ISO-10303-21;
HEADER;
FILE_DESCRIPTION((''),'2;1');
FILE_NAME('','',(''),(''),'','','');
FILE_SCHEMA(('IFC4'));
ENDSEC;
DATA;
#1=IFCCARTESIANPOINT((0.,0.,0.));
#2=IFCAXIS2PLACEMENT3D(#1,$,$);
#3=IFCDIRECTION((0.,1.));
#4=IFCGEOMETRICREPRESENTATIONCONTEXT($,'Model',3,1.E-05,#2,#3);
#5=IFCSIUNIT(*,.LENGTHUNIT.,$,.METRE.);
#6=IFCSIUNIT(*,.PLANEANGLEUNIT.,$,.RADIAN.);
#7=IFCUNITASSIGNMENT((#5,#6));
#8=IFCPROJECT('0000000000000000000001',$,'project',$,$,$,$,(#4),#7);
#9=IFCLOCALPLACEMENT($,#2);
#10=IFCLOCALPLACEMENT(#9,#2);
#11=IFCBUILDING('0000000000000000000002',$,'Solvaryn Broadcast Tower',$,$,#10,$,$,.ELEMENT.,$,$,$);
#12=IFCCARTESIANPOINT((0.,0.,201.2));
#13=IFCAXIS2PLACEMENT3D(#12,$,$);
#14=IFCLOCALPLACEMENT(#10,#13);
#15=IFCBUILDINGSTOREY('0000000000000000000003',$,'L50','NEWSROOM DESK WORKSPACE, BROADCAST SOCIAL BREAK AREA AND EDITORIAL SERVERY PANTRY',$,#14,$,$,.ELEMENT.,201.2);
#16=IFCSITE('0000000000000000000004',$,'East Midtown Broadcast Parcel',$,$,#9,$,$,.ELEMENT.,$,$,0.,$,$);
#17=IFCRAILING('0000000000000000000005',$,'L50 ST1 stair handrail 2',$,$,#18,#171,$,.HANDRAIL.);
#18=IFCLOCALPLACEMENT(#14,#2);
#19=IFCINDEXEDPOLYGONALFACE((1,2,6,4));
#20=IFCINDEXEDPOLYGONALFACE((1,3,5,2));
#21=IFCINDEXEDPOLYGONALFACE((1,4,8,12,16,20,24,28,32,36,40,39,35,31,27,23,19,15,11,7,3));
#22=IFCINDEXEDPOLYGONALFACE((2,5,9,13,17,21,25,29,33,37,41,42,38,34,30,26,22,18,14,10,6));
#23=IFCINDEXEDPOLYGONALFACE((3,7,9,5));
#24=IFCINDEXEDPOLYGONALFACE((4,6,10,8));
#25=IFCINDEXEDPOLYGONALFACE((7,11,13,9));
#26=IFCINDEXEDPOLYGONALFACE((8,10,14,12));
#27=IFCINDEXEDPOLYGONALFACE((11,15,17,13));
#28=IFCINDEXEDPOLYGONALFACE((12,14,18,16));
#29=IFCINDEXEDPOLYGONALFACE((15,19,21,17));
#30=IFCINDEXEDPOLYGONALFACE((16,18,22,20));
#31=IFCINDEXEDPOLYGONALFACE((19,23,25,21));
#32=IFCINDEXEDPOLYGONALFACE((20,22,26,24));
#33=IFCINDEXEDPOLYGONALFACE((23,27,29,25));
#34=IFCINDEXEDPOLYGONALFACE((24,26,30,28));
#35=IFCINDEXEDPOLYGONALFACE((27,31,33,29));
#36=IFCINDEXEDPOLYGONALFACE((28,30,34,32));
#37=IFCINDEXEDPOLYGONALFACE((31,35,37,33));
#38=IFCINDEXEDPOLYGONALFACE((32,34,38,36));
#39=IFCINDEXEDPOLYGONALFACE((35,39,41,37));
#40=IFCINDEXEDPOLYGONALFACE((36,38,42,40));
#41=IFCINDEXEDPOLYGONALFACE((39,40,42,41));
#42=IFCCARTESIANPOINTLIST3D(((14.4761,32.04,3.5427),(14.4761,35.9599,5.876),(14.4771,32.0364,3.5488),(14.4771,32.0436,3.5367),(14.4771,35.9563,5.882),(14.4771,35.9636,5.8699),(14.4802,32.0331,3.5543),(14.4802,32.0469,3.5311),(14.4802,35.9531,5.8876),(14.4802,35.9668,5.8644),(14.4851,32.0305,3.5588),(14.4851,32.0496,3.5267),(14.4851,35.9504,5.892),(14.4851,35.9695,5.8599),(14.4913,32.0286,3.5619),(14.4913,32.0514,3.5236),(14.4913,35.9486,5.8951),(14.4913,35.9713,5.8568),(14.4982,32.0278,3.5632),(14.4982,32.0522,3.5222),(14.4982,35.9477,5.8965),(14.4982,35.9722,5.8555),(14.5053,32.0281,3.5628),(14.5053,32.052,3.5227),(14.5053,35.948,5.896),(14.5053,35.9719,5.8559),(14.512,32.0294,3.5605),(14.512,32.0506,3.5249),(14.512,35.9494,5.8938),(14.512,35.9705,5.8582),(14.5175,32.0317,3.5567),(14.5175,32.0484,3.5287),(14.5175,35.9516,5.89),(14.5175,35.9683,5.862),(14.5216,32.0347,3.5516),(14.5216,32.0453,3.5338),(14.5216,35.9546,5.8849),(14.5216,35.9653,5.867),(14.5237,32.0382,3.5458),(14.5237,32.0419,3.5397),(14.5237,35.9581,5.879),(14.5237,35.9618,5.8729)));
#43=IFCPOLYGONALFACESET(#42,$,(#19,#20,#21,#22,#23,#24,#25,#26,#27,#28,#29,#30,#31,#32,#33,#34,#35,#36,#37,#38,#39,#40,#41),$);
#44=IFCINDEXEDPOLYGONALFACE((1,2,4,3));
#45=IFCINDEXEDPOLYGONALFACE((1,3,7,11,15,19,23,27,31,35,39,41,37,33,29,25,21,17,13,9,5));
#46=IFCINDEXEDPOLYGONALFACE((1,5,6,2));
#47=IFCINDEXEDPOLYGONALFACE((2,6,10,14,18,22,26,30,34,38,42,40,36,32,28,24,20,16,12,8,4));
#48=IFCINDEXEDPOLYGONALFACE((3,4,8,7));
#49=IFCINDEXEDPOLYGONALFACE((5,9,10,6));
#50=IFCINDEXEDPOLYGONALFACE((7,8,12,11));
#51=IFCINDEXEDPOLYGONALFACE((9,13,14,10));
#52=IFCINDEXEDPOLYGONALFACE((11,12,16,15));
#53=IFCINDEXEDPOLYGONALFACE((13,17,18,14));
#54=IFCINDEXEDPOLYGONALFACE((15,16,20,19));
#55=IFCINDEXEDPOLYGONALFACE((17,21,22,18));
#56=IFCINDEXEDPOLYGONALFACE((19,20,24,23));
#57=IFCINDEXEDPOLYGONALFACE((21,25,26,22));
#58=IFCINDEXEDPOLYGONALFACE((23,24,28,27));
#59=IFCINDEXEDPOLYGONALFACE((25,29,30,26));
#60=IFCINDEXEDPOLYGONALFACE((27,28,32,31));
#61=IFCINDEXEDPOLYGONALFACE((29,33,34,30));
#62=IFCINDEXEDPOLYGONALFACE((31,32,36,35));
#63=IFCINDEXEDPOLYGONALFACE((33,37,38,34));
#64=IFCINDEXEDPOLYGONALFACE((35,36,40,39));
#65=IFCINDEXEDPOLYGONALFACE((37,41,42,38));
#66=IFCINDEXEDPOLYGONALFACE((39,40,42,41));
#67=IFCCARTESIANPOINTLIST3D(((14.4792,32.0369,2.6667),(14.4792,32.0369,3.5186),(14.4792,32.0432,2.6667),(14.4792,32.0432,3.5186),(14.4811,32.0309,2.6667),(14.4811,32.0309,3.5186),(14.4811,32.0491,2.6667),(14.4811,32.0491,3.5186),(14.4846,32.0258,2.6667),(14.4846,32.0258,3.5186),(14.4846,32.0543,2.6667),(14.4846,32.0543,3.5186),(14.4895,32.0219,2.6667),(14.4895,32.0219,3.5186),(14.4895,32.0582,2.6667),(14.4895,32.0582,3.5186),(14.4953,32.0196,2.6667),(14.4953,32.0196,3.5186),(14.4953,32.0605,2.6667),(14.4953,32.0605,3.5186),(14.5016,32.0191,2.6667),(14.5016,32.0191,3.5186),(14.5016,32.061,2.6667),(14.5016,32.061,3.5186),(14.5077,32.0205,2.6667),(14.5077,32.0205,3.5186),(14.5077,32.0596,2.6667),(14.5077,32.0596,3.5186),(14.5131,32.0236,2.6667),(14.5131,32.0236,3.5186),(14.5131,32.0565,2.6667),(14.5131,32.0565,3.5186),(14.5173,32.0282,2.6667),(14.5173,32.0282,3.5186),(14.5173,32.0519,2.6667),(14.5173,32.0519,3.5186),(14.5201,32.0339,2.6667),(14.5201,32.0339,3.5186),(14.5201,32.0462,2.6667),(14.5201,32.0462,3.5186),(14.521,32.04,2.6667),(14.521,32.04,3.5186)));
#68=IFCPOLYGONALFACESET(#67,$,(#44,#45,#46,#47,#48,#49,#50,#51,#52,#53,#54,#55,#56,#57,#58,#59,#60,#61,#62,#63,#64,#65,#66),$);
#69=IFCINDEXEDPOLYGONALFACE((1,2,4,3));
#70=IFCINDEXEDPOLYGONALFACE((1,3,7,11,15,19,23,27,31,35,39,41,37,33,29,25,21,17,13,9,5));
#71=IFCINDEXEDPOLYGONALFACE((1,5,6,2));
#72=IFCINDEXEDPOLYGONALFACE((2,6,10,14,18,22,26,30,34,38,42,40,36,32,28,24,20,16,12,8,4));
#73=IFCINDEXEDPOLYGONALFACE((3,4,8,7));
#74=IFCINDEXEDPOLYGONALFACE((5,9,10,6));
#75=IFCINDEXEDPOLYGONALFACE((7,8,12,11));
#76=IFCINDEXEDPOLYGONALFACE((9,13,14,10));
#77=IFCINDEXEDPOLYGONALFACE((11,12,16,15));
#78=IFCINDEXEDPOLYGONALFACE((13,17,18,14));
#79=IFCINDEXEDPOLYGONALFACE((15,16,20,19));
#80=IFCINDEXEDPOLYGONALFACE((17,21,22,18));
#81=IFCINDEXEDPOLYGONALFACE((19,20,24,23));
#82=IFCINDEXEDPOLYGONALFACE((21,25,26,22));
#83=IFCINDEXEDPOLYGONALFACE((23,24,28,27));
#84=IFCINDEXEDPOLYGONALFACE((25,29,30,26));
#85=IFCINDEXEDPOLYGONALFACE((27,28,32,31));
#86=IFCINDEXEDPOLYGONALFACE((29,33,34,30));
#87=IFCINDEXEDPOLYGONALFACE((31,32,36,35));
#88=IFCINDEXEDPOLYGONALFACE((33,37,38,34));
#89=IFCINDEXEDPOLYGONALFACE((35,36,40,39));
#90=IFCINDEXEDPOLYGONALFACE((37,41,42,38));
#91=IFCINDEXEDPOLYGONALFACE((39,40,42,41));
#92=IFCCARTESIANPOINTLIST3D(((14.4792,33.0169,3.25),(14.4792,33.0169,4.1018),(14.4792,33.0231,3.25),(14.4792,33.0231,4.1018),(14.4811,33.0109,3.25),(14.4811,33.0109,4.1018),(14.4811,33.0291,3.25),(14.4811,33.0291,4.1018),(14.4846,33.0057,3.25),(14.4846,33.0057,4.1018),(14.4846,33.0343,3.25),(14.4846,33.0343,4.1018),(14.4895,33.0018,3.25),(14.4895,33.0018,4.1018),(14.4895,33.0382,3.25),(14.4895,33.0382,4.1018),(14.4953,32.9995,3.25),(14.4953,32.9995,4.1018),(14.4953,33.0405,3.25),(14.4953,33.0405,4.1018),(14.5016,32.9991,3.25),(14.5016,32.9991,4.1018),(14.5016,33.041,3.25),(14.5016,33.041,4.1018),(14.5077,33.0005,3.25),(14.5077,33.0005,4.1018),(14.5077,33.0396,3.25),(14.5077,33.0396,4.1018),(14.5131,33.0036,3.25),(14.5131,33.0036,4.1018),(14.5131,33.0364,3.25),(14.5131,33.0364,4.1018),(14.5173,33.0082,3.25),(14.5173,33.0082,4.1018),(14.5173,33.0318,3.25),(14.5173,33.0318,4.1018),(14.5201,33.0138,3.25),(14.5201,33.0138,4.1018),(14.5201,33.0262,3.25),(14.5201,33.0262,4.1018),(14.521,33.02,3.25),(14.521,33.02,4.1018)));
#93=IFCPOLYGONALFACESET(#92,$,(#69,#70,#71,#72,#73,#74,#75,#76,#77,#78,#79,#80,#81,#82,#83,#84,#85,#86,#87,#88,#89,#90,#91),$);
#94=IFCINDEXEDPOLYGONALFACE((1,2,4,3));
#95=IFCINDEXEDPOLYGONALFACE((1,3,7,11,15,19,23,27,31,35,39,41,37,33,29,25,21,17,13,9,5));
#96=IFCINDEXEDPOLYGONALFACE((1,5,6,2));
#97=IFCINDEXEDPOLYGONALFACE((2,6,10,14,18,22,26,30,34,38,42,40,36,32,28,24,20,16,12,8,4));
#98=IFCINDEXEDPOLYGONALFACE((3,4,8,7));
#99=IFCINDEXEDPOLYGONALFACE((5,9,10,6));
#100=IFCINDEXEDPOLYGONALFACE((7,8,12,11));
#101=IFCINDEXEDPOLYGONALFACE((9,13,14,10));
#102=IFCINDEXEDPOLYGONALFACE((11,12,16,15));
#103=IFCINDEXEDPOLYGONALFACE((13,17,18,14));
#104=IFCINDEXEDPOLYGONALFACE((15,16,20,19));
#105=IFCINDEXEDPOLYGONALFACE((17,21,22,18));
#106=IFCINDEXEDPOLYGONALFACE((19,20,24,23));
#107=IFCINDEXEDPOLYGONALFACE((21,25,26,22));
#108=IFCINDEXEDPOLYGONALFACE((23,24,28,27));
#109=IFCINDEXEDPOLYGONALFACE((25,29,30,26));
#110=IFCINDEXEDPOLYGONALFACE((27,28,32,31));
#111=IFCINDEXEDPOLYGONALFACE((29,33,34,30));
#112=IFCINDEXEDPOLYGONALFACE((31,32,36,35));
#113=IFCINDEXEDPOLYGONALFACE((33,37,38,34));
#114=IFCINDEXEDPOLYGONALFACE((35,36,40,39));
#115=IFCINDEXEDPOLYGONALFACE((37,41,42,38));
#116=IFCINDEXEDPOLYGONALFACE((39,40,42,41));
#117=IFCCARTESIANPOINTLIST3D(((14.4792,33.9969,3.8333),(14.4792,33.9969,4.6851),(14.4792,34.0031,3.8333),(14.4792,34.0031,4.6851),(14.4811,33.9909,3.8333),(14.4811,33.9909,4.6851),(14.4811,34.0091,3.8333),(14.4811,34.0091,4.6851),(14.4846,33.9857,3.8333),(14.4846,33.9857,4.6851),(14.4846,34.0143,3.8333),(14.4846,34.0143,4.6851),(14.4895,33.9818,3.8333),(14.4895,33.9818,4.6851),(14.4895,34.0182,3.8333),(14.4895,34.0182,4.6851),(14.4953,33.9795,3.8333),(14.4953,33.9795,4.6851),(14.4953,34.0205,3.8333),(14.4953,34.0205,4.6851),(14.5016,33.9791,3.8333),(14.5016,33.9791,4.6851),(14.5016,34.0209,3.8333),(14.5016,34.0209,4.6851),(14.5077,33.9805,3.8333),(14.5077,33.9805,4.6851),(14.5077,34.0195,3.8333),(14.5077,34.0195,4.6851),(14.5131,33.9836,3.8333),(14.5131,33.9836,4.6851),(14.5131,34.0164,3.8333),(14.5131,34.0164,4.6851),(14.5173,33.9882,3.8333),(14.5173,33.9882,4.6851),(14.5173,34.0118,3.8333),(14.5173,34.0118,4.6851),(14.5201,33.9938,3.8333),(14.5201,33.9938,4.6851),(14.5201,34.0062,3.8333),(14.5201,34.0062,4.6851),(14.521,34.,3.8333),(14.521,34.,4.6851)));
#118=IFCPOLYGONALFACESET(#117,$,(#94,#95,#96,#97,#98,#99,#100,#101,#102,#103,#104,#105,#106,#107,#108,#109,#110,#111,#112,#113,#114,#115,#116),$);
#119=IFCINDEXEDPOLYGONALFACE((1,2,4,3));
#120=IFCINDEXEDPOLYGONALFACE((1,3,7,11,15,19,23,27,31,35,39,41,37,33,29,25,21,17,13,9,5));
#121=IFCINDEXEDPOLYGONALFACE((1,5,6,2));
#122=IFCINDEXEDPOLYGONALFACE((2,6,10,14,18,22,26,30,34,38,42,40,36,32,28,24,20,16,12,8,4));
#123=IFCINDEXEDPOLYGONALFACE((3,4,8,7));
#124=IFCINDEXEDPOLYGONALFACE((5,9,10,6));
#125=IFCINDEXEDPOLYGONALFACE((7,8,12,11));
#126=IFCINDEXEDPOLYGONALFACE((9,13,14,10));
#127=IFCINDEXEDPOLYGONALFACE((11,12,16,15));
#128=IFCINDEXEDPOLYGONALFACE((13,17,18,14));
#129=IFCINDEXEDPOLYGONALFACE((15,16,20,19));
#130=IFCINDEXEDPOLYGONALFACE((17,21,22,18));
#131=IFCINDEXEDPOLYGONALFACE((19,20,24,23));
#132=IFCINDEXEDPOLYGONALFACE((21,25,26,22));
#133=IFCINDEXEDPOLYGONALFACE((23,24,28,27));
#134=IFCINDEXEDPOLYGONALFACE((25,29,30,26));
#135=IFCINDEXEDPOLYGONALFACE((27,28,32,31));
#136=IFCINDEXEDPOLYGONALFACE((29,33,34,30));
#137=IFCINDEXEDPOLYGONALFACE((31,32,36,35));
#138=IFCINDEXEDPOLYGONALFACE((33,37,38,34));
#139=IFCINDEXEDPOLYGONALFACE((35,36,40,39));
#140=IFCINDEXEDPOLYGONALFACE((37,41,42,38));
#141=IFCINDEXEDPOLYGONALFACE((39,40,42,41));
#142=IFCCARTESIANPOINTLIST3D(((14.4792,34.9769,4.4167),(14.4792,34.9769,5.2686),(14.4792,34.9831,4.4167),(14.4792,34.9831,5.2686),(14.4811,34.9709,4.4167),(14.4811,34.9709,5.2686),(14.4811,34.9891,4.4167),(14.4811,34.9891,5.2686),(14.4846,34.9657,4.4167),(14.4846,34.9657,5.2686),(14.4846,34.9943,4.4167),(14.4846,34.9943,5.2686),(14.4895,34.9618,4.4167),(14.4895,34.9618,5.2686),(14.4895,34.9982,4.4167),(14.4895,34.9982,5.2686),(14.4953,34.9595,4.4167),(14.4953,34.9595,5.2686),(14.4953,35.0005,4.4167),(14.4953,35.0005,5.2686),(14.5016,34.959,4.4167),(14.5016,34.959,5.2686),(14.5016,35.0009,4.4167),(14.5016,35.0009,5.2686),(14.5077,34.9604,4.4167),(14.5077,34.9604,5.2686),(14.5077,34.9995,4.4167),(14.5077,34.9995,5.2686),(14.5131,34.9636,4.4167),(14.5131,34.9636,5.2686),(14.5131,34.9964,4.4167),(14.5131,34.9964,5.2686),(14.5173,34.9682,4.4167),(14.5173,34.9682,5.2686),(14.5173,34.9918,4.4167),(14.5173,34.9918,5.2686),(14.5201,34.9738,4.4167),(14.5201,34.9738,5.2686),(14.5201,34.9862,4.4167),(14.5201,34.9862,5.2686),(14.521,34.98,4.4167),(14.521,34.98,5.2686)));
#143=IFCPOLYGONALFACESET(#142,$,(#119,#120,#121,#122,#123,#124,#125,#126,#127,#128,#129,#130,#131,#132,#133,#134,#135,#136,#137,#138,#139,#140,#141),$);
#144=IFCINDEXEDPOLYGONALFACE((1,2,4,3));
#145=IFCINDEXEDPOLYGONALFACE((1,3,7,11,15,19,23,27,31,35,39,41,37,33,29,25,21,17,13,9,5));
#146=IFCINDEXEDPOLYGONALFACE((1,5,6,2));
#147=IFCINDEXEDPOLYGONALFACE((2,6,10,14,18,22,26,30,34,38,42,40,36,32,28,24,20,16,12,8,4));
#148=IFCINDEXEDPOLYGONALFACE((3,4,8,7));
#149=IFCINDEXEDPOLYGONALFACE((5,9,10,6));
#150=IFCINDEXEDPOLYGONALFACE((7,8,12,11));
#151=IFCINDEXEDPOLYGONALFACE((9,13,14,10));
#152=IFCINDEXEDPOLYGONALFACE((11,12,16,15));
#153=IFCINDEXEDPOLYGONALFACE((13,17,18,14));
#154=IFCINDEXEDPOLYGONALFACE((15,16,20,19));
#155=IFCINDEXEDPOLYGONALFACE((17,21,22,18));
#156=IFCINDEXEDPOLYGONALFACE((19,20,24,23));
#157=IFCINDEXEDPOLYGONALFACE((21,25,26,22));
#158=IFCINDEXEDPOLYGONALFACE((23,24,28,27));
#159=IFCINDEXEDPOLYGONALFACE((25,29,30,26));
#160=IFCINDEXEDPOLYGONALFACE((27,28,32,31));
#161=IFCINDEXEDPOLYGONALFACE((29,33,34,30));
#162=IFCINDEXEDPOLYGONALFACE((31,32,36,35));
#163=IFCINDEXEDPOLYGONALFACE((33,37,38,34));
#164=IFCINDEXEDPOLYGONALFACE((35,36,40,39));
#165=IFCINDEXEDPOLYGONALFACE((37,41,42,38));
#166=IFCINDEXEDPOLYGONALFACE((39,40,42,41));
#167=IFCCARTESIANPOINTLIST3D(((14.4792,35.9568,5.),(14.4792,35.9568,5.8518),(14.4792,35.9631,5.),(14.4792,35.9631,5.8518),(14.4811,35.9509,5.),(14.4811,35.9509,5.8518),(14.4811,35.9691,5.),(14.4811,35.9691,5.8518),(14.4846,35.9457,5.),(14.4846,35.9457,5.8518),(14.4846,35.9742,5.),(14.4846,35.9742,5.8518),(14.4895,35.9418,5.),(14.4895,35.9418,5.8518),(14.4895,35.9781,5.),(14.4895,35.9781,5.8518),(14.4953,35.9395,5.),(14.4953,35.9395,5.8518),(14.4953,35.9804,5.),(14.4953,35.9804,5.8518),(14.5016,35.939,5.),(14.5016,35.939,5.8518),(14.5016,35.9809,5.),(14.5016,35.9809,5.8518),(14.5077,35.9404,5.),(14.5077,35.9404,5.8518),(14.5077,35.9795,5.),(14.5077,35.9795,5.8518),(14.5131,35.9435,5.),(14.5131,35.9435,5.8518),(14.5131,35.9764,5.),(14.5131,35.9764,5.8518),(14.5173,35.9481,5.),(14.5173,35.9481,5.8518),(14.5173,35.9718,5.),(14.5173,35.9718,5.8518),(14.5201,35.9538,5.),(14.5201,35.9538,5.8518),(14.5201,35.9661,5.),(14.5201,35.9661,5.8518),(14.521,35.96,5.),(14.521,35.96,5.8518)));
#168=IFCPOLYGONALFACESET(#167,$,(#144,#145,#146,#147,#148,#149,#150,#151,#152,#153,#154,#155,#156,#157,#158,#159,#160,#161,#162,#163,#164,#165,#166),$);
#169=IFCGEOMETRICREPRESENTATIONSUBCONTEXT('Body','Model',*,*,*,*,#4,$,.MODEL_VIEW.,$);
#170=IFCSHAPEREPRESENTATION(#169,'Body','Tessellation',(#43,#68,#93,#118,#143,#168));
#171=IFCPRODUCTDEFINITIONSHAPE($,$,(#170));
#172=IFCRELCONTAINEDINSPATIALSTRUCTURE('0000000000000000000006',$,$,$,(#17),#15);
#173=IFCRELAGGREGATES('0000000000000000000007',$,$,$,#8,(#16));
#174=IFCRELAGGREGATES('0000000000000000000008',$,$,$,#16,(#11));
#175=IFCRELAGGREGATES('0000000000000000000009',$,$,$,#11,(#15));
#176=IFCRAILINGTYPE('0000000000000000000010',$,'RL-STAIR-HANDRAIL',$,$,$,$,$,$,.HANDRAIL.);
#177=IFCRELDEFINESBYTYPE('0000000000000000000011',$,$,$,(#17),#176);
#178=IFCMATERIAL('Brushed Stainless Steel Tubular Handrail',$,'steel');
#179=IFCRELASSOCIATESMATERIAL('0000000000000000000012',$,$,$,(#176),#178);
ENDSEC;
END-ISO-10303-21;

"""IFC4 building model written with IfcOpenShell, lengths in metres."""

from ifc_helpers import new_model, si_unit, direction, frame, origin, origin_2d, place, context, subcontext, project, spatial, circle, extrude, material, type_object, element, save


model = new_model("IFC4")

# Units and contexts
model_context = context("Model", 3, precision=1e-05, world=origin(), true_north=direction((0.0, 1.0)))
body_context = subcontext(model_context, "Body", "Model", "MODEL_VIEW")
ifc_project = project(units=[si_unit("LENGTHUNIT", "METRE"), si_unit("PLANEANGLEUNIT", "RADIAN")], contexts=[model_context])

# Site, building, storey
site_placement = place(None, origin())
site = spatial("IfcSite", under=ifc_project, at=site_placement, Name="East Midtown Broadcast Parcel", CompositionType="ELEMENT", RefElevation=0.0)
building_placement = place(site_placement, origin())
building = spatial("IfcBuilding", under=site, at=building_placement, Name="Solvaryn Broadcast Tower", CompositionType="ELEMENT")
storey_placement = place(building_placement, frame((0.0, 0.0, 201.2)))
storey = spatial("IfcBuildingStorey", under=building, at=storey_placement, Name="L50", Description="NEWSROOM DESK WORKSPACE, BROADCAST SOCIAL BREAK AREA AND EDITORIAL SERVERY PANTRY", CompositionType="ELEMENT", Elevation=201.2)

# Railing
ifc_material_1 = material(Name="Brushed Stainless Steel Tubular Handrail", Category="steel")
railing_type_1 = type_object("IfcRailingType", Name="RL-STAIR-HANDRAIL", PredefinedType="HANDRAIL", material=ifc_material_1)
railing_1_placement = place(storey_placement, frame((14.5, 32.04, 2.6667)))
element("IfcRailing", 1, at=railing_1_placement, inside=storey, type_object=railing_type_1, Name="L50 ST1 stair handrail 2", PredefinedType="HANDRAIL", context=body_context, shape_type="SweptSolid", body=[
    extrude(circle(Radius=0.0239, at=origin_2d()), frame((0.0, 0.0, 0.876), z_axis=(0.0, 0.859296, 0.511478), x_axis=(-1.0, 0.0, 0.0)), (0.0, 0.0, 1.0), 4.5618),
    extrude(circle(Radius=0.021, at=origin_2d()), origin(), (0.0, 0.0, 1.0), 0.8518),
    extrude(circle(Radius=0.021, at=origin_2d()), frame((0.0, 0.98, 0.5833)), (0.0, 0.0, 1.0), 0.8518),
    extrude(circle(Radius=0.021, at=origin_2d()), frame((0.0, 1.96, 1.1665)), (0.0, 0.0, 1.0), 0.8518),
    extrude(circle(Radius=0.021, at=origin_2d()), frame((0.0, 2.9399, 1.75)), (0.0, 0.0, 1.0), 0.8518),
    extrude(circle(Radius=0.021, at=origin_2d()), frame((0.0, 3.9199, 2.3333)), (0.0, 0.0, 1.0), 0.8518),
])

save(model, "model.ifc")
